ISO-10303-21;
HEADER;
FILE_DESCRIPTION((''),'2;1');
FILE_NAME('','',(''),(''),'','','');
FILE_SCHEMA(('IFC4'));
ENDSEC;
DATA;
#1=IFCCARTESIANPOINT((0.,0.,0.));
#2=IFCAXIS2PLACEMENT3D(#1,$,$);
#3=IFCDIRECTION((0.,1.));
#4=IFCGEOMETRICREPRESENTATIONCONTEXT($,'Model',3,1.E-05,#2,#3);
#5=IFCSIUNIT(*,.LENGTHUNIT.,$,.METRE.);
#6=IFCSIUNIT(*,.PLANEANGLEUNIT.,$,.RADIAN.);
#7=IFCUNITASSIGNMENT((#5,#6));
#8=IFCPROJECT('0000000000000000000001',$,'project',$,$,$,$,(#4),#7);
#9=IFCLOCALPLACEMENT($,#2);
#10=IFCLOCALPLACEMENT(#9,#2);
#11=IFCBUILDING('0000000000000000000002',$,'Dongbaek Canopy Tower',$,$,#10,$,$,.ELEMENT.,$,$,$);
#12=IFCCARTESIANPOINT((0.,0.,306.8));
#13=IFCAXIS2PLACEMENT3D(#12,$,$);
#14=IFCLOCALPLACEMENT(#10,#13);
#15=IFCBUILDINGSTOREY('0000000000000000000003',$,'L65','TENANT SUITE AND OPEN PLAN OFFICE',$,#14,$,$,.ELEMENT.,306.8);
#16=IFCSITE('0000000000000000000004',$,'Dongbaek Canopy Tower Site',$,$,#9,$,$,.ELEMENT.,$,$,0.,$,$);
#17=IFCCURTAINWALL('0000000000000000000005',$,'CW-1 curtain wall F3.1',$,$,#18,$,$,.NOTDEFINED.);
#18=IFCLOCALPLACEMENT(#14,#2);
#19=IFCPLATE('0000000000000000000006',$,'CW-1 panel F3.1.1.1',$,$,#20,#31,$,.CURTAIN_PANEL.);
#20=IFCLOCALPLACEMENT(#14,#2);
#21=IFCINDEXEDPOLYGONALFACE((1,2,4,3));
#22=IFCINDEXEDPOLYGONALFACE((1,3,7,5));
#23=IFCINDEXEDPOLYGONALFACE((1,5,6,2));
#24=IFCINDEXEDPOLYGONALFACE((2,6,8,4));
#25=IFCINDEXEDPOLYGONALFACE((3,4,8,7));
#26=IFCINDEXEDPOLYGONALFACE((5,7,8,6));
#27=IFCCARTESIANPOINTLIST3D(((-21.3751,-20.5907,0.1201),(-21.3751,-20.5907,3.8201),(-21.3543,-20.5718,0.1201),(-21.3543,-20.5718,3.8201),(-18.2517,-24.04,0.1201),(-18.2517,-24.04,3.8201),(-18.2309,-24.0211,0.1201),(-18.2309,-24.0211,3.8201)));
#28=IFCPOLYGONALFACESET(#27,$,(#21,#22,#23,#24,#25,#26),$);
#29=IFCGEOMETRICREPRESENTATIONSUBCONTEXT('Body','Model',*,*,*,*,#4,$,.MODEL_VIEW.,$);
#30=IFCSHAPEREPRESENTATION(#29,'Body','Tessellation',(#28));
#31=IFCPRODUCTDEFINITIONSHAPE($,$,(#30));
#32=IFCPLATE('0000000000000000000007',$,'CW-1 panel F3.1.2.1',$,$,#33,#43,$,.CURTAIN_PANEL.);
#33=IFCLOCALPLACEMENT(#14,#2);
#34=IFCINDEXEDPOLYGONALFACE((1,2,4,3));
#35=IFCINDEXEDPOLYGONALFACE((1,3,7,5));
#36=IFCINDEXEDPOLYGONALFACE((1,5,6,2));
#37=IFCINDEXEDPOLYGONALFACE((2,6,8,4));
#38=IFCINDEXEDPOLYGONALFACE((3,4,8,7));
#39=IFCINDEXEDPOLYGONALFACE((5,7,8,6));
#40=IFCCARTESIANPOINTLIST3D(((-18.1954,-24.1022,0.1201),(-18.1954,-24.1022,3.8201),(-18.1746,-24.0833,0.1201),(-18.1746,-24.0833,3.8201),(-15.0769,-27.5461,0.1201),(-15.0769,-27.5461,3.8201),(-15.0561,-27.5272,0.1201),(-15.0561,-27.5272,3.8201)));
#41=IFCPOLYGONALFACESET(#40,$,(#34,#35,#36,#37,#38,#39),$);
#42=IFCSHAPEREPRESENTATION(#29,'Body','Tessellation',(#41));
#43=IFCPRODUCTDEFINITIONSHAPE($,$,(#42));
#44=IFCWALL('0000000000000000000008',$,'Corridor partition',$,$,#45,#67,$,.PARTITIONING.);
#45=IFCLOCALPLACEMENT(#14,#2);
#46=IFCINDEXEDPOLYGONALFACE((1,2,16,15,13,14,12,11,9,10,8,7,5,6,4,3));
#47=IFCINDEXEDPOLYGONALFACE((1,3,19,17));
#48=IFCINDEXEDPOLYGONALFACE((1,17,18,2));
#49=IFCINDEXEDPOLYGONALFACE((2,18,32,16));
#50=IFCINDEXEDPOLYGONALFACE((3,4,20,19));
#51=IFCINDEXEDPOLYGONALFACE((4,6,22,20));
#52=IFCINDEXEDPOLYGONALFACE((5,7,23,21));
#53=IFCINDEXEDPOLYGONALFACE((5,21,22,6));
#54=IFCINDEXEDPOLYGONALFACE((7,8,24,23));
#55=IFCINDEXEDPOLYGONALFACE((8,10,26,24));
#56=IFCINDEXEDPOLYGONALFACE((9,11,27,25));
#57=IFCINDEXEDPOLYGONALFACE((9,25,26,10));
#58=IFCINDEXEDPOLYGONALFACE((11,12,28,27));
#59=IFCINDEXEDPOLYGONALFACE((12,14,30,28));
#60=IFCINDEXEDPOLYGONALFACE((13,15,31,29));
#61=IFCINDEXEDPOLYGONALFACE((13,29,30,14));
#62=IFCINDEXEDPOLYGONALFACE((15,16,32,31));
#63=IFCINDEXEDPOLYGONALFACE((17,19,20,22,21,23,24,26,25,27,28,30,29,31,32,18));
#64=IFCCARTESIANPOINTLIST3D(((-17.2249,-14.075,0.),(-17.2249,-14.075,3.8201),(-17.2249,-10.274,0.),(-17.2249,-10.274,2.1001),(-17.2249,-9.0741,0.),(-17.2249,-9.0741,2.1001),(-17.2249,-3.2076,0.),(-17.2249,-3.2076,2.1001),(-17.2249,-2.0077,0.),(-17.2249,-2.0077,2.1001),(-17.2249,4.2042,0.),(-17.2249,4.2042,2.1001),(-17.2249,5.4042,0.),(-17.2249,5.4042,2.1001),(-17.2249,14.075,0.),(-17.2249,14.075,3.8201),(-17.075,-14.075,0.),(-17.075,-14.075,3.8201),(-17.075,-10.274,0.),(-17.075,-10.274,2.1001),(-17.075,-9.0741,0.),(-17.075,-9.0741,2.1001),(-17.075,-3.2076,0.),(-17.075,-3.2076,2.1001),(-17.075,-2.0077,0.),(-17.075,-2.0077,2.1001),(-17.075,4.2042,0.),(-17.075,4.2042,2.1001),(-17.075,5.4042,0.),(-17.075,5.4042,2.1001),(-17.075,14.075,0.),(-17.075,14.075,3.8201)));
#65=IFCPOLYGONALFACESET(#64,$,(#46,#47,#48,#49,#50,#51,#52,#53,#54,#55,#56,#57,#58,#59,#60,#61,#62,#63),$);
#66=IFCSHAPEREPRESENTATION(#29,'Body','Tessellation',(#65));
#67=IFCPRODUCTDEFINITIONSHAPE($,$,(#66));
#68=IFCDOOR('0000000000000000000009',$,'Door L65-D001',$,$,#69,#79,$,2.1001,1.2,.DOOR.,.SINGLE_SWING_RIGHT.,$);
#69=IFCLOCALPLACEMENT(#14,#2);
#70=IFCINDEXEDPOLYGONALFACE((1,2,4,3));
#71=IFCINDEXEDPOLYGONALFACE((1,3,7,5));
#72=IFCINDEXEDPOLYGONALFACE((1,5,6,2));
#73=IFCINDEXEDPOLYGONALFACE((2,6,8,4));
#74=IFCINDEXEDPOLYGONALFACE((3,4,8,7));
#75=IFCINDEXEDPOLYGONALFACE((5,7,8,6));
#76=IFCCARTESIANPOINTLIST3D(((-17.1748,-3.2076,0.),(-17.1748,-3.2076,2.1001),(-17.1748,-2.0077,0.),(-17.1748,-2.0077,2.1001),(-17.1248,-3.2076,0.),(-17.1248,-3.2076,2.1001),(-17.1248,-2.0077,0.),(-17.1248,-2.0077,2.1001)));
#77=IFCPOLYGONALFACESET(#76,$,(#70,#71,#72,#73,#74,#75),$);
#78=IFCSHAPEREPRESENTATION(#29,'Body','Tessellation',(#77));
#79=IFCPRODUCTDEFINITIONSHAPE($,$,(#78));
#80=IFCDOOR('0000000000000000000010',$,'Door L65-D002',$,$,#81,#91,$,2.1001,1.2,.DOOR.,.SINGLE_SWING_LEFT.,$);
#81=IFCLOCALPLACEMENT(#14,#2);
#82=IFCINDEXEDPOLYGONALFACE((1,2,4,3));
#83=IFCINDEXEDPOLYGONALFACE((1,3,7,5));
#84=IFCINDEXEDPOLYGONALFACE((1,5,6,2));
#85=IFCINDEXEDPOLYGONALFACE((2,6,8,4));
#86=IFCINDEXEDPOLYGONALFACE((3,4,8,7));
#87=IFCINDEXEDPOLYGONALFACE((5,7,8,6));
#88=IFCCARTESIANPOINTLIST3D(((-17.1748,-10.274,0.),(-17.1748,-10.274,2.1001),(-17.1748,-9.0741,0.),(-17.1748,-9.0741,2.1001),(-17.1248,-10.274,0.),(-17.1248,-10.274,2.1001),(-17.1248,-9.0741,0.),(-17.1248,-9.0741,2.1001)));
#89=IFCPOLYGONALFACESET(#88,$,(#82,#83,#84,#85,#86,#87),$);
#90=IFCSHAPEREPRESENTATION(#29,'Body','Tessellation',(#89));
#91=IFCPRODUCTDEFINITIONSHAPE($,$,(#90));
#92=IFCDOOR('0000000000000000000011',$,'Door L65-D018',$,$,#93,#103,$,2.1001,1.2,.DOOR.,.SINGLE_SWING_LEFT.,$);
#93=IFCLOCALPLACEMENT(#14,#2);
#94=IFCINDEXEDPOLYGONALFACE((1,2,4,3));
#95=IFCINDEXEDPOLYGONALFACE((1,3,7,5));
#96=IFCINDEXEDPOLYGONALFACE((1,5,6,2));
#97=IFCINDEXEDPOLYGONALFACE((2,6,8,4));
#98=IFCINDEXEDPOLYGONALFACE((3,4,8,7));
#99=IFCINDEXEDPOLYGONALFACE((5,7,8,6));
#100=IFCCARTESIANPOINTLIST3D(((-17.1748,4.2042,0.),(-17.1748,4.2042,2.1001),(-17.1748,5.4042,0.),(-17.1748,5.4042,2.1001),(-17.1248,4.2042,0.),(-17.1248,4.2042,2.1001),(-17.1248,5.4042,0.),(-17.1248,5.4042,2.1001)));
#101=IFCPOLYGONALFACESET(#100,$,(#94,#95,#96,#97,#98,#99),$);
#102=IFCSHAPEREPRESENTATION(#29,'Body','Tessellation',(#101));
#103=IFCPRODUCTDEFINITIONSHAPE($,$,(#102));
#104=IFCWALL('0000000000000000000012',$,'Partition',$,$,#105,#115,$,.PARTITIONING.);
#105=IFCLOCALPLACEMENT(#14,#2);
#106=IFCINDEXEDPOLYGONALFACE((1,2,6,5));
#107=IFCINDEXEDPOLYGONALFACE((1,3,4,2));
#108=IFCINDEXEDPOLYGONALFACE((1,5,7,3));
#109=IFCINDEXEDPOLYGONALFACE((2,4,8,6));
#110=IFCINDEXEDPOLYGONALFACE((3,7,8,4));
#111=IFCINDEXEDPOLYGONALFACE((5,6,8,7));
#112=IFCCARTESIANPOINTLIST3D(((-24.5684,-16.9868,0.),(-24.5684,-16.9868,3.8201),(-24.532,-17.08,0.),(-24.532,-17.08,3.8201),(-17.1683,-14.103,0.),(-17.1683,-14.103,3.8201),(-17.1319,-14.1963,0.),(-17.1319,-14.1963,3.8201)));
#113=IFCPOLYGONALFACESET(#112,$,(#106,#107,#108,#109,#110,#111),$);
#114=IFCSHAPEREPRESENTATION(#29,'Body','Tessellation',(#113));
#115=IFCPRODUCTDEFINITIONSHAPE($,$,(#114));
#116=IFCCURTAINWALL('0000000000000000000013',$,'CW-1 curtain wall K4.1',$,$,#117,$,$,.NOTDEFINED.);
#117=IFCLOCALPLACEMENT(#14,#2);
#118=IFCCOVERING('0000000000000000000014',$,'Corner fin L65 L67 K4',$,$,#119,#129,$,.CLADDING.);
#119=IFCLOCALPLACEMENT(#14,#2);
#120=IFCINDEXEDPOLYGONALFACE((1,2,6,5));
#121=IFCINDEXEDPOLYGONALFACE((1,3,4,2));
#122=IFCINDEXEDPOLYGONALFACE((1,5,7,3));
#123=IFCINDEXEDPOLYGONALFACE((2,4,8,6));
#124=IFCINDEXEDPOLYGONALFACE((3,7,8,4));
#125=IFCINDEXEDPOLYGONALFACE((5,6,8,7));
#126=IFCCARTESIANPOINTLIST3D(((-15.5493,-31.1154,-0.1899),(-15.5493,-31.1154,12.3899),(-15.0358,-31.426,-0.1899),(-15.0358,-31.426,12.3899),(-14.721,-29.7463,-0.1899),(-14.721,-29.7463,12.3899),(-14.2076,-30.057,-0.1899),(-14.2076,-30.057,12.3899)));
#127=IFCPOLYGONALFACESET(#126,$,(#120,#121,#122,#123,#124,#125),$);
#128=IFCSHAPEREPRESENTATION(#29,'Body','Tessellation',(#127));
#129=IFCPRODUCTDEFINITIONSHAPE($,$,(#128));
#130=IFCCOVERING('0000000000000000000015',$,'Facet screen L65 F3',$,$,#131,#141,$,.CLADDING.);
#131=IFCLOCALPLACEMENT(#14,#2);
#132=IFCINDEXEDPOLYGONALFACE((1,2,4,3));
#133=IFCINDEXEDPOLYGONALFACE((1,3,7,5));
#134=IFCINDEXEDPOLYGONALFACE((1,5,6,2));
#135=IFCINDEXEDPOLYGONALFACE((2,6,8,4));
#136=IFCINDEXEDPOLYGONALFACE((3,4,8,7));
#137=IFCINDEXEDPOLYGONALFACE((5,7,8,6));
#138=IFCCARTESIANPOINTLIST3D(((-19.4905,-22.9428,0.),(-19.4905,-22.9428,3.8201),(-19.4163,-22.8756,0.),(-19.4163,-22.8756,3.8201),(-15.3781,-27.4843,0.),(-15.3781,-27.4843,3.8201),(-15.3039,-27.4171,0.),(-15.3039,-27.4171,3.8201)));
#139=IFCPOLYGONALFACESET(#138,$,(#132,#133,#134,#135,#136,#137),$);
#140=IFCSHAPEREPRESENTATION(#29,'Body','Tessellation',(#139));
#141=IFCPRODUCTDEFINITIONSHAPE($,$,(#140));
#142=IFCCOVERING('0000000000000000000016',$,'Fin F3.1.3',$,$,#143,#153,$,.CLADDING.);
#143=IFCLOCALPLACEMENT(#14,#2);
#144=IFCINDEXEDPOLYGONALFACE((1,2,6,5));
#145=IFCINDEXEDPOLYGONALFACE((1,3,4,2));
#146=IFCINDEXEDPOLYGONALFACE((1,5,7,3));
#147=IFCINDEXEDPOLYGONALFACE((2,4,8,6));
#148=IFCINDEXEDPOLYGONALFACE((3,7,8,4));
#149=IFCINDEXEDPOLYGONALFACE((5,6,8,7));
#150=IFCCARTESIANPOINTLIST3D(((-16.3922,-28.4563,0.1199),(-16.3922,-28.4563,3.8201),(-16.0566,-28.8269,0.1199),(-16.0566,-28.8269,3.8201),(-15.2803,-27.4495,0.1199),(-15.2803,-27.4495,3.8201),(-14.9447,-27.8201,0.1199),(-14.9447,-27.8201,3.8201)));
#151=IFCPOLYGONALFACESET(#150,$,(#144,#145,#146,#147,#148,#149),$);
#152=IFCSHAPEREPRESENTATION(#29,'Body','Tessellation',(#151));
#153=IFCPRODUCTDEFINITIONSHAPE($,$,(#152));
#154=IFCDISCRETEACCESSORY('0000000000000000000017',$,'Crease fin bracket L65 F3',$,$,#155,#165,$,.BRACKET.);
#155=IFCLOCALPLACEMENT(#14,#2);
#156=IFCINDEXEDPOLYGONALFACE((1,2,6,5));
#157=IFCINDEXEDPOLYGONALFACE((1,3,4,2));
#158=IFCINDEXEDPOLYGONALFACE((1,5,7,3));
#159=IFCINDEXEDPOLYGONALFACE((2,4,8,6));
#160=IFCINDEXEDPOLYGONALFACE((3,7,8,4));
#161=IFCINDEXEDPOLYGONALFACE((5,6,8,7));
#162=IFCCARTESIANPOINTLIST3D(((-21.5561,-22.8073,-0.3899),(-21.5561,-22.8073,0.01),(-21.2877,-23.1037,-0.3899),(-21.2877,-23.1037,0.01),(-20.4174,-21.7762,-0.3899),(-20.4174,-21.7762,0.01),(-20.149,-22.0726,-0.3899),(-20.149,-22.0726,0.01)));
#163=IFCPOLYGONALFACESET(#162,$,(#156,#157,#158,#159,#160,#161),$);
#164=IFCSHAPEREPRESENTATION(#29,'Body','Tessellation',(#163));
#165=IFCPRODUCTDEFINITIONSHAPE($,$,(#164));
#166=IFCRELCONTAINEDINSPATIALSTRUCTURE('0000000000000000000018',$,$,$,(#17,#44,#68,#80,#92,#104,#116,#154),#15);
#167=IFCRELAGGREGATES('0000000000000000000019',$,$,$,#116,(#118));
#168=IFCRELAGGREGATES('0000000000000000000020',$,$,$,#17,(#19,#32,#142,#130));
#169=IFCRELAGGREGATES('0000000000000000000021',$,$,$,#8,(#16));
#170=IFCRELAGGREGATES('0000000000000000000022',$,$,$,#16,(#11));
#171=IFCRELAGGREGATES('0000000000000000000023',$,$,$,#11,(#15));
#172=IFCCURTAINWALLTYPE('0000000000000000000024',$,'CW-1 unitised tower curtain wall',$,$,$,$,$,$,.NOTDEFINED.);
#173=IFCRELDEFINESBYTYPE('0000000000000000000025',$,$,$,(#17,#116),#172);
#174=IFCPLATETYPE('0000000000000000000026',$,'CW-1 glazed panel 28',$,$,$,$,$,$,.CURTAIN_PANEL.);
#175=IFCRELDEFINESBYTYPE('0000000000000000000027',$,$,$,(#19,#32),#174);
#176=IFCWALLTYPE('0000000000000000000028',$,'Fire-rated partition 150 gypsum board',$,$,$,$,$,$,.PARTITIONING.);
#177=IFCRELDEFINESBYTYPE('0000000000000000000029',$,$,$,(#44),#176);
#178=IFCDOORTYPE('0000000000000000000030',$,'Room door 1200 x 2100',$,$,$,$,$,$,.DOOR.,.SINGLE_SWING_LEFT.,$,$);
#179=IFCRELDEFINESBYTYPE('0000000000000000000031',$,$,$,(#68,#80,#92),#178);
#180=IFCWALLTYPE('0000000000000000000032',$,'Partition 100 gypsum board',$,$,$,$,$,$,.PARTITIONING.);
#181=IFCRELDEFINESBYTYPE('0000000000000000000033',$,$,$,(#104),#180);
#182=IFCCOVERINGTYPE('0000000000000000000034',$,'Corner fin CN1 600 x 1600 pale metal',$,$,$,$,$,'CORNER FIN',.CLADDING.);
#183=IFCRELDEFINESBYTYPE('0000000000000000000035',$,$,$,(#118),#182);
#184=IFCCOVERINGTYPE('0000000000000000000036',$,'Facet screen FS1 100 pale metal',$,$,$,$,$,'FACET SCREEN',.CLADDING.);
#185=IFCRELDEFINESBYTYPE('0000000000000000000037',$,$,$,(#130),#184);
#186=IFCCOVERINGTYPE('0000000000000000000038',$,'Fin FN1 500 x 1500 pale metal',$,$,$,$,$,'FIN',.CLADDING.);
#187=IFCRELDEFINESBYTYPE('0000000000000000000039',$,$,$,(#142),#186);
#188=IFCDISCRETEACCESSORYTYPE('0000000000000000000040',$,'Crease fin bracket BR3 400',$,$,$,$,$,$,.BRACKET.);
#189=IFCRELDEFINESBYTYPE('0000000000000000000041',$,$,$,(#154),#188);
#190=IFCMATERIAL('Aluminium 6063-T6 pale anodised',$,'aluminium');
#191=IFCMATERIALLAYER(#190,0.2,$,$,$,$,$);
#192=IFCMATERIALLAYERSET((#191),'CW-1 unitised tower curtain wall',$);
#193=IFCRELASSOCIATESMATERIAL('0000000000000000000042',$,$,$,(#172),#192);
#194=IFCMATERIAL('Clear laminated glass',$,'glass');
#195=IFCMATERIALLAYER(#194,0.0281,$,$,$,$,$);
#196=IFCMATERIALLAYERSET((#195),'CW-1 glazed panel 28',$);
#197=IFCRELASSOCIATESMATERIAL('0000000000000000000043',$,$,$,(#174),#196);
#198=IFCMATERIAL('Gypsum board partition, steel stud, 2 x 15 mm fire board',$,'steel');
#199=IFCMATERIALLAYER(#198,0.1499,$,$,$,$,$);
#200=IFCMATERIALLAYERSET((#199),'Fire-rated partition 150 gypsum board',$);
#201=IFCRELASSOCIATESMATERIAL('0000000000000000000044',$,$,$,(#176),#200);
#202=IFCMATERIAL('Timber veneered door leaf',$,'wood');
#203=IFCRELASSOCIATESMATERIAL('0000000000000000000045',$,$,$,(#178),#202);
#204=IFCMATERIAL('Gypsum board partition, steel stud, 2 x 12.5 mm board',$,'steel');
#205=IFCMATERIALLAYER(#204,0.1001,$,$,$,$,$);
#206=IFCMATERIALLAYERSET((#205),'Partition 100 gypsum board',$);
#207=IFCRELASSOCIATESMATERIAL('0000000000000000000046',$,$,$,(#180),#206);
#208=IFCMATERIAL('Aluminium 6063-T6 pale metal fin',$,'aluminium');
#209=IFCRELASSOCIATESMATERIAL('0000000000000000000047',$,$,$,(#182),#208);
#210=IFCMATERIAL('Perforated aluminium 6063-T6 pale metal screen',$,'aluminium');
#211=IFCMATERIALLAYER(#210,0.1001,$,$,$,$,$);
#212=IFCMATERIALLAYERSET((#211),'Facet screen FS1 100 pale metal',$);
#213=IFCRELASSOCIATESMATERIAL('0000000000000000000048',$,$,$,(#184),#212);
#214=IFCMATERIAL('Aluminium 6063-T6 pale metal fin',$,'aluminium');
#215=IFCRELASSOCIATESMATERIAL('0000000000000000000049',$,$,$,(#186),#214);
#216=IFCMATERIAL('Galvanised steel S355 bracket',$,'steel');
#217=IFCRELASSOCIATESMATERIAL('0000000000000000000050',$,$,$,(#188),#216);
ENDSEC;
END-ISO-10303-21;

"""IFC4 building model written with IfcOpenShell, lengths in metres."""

from ifc_helpers import new_model, si_unit, direction, frame, frame_2d, origin, origin_2d, place, context, subcontext, project, spatial, rectangle, extrude, material, layer, layer_set, material_profile, profile_set, type_object, element, fill, aggregate, save


model = new_model("IFC4")

# Units and contexts
model_context = context("Model", 3, precision=1e-05, world=origin(), true_north=direction((0.0, 1.0)))
body_context = subcontext(model_context, "Body", "Model", "MODEL_VIEW")
ifc_project = project(units=[si_unit("LENGTHUNIT", "METRE"), si_unit("PLANEANGLEUNIT", "RADIAN")], contexts=[model_context])

# Site, building, storey
site_placement = place(None, origin())
site = spatial("IfcSite", under=ifc_project, at=site_placement, Name="Dongbaek Canopy Tower Site", CompositionType="ELEMENT", RefElevation=0.0)
building_placement = place(site_placement, origin())
building = spatial("IfcBuilding", under=site, at=building_placement, Name="Dongbaek Canopy Tower", CompositionType="ELEMENT")
storey_placement = place(building_placement, frame((0.0, 0.0, 306.8)))
storey = spatial("IfcBuildingStorey", under=building, at=storey_placement, Name="L65", Description="TENANT SUITE AND OPEN PLAN OFFICE", CompositionType="ELEMENT", Elevation=306.8)

# Curtain wall
ifc_material_1 = material(Name="Aluminium 6063-T6 pale anodised", Category="aluminium")
ifc_layer_1 = layer(ifc_material_1, 0.2)
ifc_layer_set_1 = layer_set([ifc_layer_1], Name="CW-1 unitised tower curtain wall")
curtain_wall_type = type_object("IfcCurtainWallType", Name="CW-1 unitised tower curtain wall", PredefinedType="NOTDEFINED", material=ifc_layer_set_1)
curtain_wall_1_placement = place(storey_placement, origin())
curtain_wall_1 = element("IfcCurtainWall", 1, at=curtain_wall_1_placement, inside=storey, type_object=curtain_wall_type, Name="CW-1 curtain wall F3.1", PredefinedType="NOTDEFINED")

# Plates
ifc_material_2 = material(Name="Clear laminated glass", Category="glass")
ifc_layer_2 = layer(ifc_material_2, 0.0281)
ifc_layer_set_2 = layer_set([ifc_layer_2], Name="CW-1 glazed panel 28")
plate_type = type_object("IfcPlateType", Name="CW-1 glazed panel 28", PredefinedType="CURTAIN_PANEL", material=ifc_layer_set_2)
plate_1_placement = place(storey_placement, frame((-19.803, -22.3059, 0.1201), z_axis=(0.0, 0.0, 1.0), x_axis=(0.671225, -0.741254, 0.0)))
plate_1 = element("IfcPlate", 2, at=plate_1_placement, type_object=plate_type, Name="CW-1 panel F3.1.1.1", PredefinedType="CURTAIN_PANEL", context=body_context, shape_type="SweptSolid", body=[
    extrude(rectangle(XDim=4.6533, YDim=0.0281, at=origin_2d()), origin(), (0.0, 0.0, 1.0), 3.7),
])
plate_2_placement = place(storey_placement, frame((-16.6257, -25.8147, 0.1201), z_axis=(0.0, 0.0, 1.0), x_axis=(0.671225, -0.741254, 0.0)))
plate_2 = element("IfcPlate", 3, at=plate_2_placement, type_object=plate_type, Name="CW-1 panel F3.1.2.1", PredefinedType="CURTAIN_PANEL", context=body_context, shape_type="SweptSolid", body=[
    extrude(rectangle(XDim=4.646, YDim=0.0281, at=origin_2d()), origin(), (0.0, 0.0, 1.0), 3.7),
])

# Wall, openings, doors
ifc_material_3 = material(Name="Gypsum board partition, steel stud, 2 x 15 mm fire board", Category="steel")
ifc_layer_3 = layer(ifc_material_3, 0.1499)
ifc_layer_set_3 = layer_set([ifc_layer_3], Name="Fire-rated partition 150 gypsum board")
wall_type_1 = type_object("IfcWallType", Name="Fire-rated partition 150 gypsum board", PredefinedType="PARTITIONING", material=ifc_layer_set_3)
wall_1_placement = place(storey_placement, frame((-17.1499, -14.075, 0.0), z_axis=(0.0, 0.0, 1.0), x_axis=(0.0, 1.0, 0.0)))
wall_1 = element("IfcWall", 4, at=wall_1_placement, inside=storey, type_object=wall_type_1, Name="Corridor partition", PredefinedType="PARTITIONING", context=body_context, shape_type="SweptSolid", body=[
    extrude(rectangle(XDim=28.1499, YDim=0.1499, at=frame_2d((14.075, 0.0))), origin(), (0.0, 0.0, 1.0), 3.8201),
])
opening_1_placement = place(wall_1_placement, frame((10.8672, 0.0, 0.0)))
opening_1 = element("IfcOpeningElement", 5, at=opening_1_placement, cuts=wall_1, PredefinedType="OPENING", context=body_context, shape_type="SweptSolid", body=[
    extrude(rectangle(XDim=1.2, YDim=2.1001, at=frame_2d((0.6001, 1.05))), frame((0.0, 0.085, 0.0), z_axis=(0.0, -1.0, 0.0), x_axis=(1.0, 0.0, 0.0)), (0.0, 0.0, 1.0), 0.1699),
])
opening_2_placement = place(wall_1_placement, frame((3.8008, 0.0, 0.0)))
opening_2 = element("IfcOpeningElement", 6, at=opening_2_placement, cuts=wall_1, PredefinedType="OPENING", context=body_context, shape_type="SweptSolid", body=[
    extrude(rectangle(XDim=1.2, YDim=2.1001, at=frame_2d((0.6001, 1.05))), frame((0.0, 0.085, 0.0), z_axis=(0.0, -1.0, 0.0), x_axis=(1.0, 0.0, 0.0)), (0.0, 0.0, 1.0), 0.1699),
])
opening_3_placement = place(wall_1_placement, frame((18.2791, 0.0, 0.0)))
opening_3 = element("IfcOpeningElement", 7, at=opening_3_placement, cuts=wall_1, PredefinedType="OPENING", context=body_context, shape_type="SweptSolid", body=[
    extrude(rectangle(XDim=1.2, YDim=2.1001, at=frame_2d((0.6001, 1.05))), frame((0.0, 0.085, 0.0), z_axis=(0.0, -1.0, 0.0), x_axis=(1.0, 0.0, 0.0)), (0.0, 0.0, 1.0), 0.1699),
])
ifc_material_4 = material(Name="Timber veneered door leaf", Category="wood")
door_type = type_object("IfcDoorType", Name="Room door 1200 x 2100", OperationType="SINGLE_SWING_LEFT", PredefinedType="DOOR", material=ifc_material_4)
door_1_placement = place(opening_1_placement, origin())
door_1 = element("IfcDoor", 8, at=door_1_placement, inside=storey, type_object=door_type, Name="Door L65-D001", OperationType="SINGLE_SWING_RIGHT", OverallHeight=2.1001, OverallWidth=1.2, PredefinedType="DOOR", context=body_context, shape_type="SweptSolid", body=[
    extrude(rectangle(XDim=1.2, YDim=2.1001, at=frame_2d((0.6001, 1.05))), frame((0.0, 0.0249, 0.0), z_axis=(0.0, -1.0, 0.0), x_axis=(1.0, 0.0, 0.0)), (0.0, 0.0, 1.0), 0.05),
])
fill(opening_1, door_1)
door_2_placement = place(opening_2_placement, origin())
door_2 = element("IfcDoor", 9, at=door_2_placement, inside=storey, type_object=door_type, Name="Door L65-D002", OperationType="SINGLE_SWING_LEFT", OverallHeight=2.1001, OverallWidth=1.2, PredefinedType="DOOR", context=body_context, shape_type="SweptSolid", body=[
    extrude(rectangle(XDim=1.2, YDim=2.1001, at=frame_2d((0.6001, 1.05))), frame((0.0, 0.0249, 0.0), z_axis=(0.0, -1.0, 0.0), x_axis=(1.0, 0.0, 0.0)), (0.0, 0.0, 1.0), 0.05),
])
fill(opening_2, door_2)
door_3_placement = place(opening_3_placement, origin())
door_3 = element("IfcDoor", 10, at=door_3_placement, inside=storey, type_object=door_type, Name="Door L65-D018", OperationType="SINGLE_SWING_LEFT", OverallHeight=2.1001, OverallWidth=1.2, PredefinedType="DOOR", context=body_context, shape_type="SweptSolid", body=[
    extrude(rectangle(XDim=1.2, YDim=2.1001, at=frame_2d((0.6001, 1.05))), frame((0.0, 0.0249, 0.0), z_axis=(0.0, -1.0, 0.0), x_axis=(1.0, 0.0, 0.0)), (0.0, 0.0, 1.0), 0.05),
])
fill(opening_3, door_3)

# Wall
ifc_material_5 = material(Name="Gypsum board partition, steel stud, 2 x 12.5 mm board", Category="steel")
ifc_layer_4 = layer(ifc_material_5, 0.1001)
ifc_layer_set_4 = layer_set([ifc_layer_4], Name="Partition 100 gypsum board")
wall_type_2 = type_object("IfcWallType", Name="Partition 100 gypsum board", PredefinedType="PARTITIONING", material=ifc_layer_set_4)
wall_2_placement = place(storey_placement, frame((-24.5503, -17.0334, 0.0), z_axis=(0.0, 0.0, 1.0), x_axis=(0.931751, 0.363097, 0.0)))
element("IfcWall", 11, at=wall_2_placement, inside=storey, type_object=wall_type_2, Name="Partition", PredefinedType="PARTITIONING", context=body_context, shape_type="SweptSolid", body=[
    extrude(rectangle(XDim=7.9421, YDim=0.1001, at=frame_2d((3.9712, 0.0))), origin(), (0.0, 0.0, 1.0), 3.8201),
])

# Curtain wall, covering
curtain_wall_2_placement = place(storey_placement, origin())
curtain_wall_2 = element("IfcCurtainWall", 12, at=curtain_wall_2_placement, inside=storey, type_object=curtain_wall_type, Name="CW-1 curtain wall K4.1", PredefinedType="NOTDEFINED")
ifc_material_6 = material(Name="Aluminium 6063-T6 pale metal fin", Category="aluminium")
ifc_material_profile_1 = material_profile(ifc_material_6, rectangle(XDim=1.6001, YDim=0.6001, at=origin_2d()), Name="Corner fin CN1 600 x 1600 pale metal")
ifc_profile_set_1 = profile_set([ifc_material_profile_1], Name="Aluminium 6063-T6 pale metal fin")
covering_type_1 = type_object("IfcCoveringType", Name="Corner fin CN1 600 x 1600 pale metal", ElementType="CORNER FIN", PredefinedType="CLADDING", material=ifc_profile_set_1)
covering_1_placement = place(storey_placement, frame((-14.8784, -30.5862, -0.1899), z_axis=(0.0, 0.0, 1.0), x_axis=(-0.517606, -0.855619, 0.0)))
covering_1 = element("IfcCovering", 13, at=covering_1_placement, type_object=covering_type_1, Name="Corner fin L65 L67 K4", PredefinedType="CLADDING", context=body_context, shape_type="SweptSolid", body=[
    extrude(rectangle(XDim=1.6001, YDim=0.6001, at=origin_2d()), origin(), (0.0, 0.0, 1.0), 12.5798),
])
aggregate(curtain_wall_2, [covering_1])

# Coverings
ifc_material_7 = material(Name="Perforated aluminium 6063-T6 pale metal screen", Category="aluminium")
ifc_layer_5 = layer(ifc_material_7, 0.1001)
ifc_layer_set_5 = layer_set([ifc_layer_5], Name="Facet screen FS1 100 pale metal")
covering_type_2 = type_object("IfcCoveringType", Name="Facet screen FS1 100 pale metal", ElementType="FACET SCREEN", PredefinedType="CLADDING", material=ifc_layer_set_5)
covering_2_placement = place(storey_placement, frame((-17.3972, -25.1799, 0.0), z_axis=(0.0, 0.0, 1.0), x_axis=(0.671224, -0.741255, 0.0)))
covering_2 = element("IfcCovering", 14, at=covering_2_placement, type_object=covering_type_2, Name="Facet screen L65 F3", PredefinedType="CLADDING", context=body_context, shape_type="SweptSolid", body=[
    extrude(rectangle(XDim=6.1267, YDim=0.1001, at=origin_2d()), origin(), (0.0, 0.0, 1.0), 3.8201),
])
ifc_material_8 = material(Name="Aluminium 6063-T6 pale metal fin", Category="aluminium")
ifc_material_profile_2 = material_profile(ifc_material_8, rectangle(XDim=1.5, YDim=0.5, at=origin_2d()), Name="Fin FN1 500 x 1500 pale metal")
ifc_profile_set_2 = profile_set([ifc_material_profile_2], Name="Aluminium 6063-T6 pale metal fin")
covering_type_3 = type_object("IfcCoveringType", Name="Fin FN1 500 x 1500 pale metal", ElementType="FIN", PredefinedType="CLADDING", material=ifc_profile_set_2)
covering_3_placement = place(storey_placement, frame((-15.6685, -28.1382, 0.1199), z_axis=(0.0, 0.0, 1.0), x_axis=(-0.741254, -0.671225, 0.0)))
covering_3 = element("IfcCovering", 15, at=covering_3_placement, type_object=covering_type_3, Name="Fin F3.1.3", PredefinedType="CLADDING", context=body_context, shape_type="SweptSolid", body=[
    extrude(rectangle(XDim=1.5, YDim=0.5, at=origin_2d()), origin(), (0.0, 0.0, 1.0), 3.7002),
])
aggregate(curtain_wall_1, [plate_1, plate_2, covering_3, covering_2])

# Discrete accessory
ifc_material_9 = material(Name="Galvanised steel S355 bracket", Category="steel")
discrete_accessory_type = type_object("IfcDiscreteAccessoryType", Name="Crease fin bracket BR3 400", PredefinedType="BRACKET", material=ifc_material_9)
discrete_accessory_placement = place(storey_placement, frame((-20.8525, -22.4399, -0.3899), z_axis=(0.0, 0.0, 1.0), x_axis=(-0.741255, -0.671224, 0.0)))
element("IfcDiscreteAccessory", 16, at=discrete_accessory_placement, inside=storey, type_object=discrete_accessory_type, Name="Crease fin bracket L65 F3", PredefinedType="BRACKET", context=body_context, shape_type="SweptSolid", body=[
    extrude(rectangle(XDim=1.5361, YDim=0.3999, at=origin_2d()), origin(), (0.0, 0.0, 1.0), 0.3999),
])

save(model, "model.ifc")
